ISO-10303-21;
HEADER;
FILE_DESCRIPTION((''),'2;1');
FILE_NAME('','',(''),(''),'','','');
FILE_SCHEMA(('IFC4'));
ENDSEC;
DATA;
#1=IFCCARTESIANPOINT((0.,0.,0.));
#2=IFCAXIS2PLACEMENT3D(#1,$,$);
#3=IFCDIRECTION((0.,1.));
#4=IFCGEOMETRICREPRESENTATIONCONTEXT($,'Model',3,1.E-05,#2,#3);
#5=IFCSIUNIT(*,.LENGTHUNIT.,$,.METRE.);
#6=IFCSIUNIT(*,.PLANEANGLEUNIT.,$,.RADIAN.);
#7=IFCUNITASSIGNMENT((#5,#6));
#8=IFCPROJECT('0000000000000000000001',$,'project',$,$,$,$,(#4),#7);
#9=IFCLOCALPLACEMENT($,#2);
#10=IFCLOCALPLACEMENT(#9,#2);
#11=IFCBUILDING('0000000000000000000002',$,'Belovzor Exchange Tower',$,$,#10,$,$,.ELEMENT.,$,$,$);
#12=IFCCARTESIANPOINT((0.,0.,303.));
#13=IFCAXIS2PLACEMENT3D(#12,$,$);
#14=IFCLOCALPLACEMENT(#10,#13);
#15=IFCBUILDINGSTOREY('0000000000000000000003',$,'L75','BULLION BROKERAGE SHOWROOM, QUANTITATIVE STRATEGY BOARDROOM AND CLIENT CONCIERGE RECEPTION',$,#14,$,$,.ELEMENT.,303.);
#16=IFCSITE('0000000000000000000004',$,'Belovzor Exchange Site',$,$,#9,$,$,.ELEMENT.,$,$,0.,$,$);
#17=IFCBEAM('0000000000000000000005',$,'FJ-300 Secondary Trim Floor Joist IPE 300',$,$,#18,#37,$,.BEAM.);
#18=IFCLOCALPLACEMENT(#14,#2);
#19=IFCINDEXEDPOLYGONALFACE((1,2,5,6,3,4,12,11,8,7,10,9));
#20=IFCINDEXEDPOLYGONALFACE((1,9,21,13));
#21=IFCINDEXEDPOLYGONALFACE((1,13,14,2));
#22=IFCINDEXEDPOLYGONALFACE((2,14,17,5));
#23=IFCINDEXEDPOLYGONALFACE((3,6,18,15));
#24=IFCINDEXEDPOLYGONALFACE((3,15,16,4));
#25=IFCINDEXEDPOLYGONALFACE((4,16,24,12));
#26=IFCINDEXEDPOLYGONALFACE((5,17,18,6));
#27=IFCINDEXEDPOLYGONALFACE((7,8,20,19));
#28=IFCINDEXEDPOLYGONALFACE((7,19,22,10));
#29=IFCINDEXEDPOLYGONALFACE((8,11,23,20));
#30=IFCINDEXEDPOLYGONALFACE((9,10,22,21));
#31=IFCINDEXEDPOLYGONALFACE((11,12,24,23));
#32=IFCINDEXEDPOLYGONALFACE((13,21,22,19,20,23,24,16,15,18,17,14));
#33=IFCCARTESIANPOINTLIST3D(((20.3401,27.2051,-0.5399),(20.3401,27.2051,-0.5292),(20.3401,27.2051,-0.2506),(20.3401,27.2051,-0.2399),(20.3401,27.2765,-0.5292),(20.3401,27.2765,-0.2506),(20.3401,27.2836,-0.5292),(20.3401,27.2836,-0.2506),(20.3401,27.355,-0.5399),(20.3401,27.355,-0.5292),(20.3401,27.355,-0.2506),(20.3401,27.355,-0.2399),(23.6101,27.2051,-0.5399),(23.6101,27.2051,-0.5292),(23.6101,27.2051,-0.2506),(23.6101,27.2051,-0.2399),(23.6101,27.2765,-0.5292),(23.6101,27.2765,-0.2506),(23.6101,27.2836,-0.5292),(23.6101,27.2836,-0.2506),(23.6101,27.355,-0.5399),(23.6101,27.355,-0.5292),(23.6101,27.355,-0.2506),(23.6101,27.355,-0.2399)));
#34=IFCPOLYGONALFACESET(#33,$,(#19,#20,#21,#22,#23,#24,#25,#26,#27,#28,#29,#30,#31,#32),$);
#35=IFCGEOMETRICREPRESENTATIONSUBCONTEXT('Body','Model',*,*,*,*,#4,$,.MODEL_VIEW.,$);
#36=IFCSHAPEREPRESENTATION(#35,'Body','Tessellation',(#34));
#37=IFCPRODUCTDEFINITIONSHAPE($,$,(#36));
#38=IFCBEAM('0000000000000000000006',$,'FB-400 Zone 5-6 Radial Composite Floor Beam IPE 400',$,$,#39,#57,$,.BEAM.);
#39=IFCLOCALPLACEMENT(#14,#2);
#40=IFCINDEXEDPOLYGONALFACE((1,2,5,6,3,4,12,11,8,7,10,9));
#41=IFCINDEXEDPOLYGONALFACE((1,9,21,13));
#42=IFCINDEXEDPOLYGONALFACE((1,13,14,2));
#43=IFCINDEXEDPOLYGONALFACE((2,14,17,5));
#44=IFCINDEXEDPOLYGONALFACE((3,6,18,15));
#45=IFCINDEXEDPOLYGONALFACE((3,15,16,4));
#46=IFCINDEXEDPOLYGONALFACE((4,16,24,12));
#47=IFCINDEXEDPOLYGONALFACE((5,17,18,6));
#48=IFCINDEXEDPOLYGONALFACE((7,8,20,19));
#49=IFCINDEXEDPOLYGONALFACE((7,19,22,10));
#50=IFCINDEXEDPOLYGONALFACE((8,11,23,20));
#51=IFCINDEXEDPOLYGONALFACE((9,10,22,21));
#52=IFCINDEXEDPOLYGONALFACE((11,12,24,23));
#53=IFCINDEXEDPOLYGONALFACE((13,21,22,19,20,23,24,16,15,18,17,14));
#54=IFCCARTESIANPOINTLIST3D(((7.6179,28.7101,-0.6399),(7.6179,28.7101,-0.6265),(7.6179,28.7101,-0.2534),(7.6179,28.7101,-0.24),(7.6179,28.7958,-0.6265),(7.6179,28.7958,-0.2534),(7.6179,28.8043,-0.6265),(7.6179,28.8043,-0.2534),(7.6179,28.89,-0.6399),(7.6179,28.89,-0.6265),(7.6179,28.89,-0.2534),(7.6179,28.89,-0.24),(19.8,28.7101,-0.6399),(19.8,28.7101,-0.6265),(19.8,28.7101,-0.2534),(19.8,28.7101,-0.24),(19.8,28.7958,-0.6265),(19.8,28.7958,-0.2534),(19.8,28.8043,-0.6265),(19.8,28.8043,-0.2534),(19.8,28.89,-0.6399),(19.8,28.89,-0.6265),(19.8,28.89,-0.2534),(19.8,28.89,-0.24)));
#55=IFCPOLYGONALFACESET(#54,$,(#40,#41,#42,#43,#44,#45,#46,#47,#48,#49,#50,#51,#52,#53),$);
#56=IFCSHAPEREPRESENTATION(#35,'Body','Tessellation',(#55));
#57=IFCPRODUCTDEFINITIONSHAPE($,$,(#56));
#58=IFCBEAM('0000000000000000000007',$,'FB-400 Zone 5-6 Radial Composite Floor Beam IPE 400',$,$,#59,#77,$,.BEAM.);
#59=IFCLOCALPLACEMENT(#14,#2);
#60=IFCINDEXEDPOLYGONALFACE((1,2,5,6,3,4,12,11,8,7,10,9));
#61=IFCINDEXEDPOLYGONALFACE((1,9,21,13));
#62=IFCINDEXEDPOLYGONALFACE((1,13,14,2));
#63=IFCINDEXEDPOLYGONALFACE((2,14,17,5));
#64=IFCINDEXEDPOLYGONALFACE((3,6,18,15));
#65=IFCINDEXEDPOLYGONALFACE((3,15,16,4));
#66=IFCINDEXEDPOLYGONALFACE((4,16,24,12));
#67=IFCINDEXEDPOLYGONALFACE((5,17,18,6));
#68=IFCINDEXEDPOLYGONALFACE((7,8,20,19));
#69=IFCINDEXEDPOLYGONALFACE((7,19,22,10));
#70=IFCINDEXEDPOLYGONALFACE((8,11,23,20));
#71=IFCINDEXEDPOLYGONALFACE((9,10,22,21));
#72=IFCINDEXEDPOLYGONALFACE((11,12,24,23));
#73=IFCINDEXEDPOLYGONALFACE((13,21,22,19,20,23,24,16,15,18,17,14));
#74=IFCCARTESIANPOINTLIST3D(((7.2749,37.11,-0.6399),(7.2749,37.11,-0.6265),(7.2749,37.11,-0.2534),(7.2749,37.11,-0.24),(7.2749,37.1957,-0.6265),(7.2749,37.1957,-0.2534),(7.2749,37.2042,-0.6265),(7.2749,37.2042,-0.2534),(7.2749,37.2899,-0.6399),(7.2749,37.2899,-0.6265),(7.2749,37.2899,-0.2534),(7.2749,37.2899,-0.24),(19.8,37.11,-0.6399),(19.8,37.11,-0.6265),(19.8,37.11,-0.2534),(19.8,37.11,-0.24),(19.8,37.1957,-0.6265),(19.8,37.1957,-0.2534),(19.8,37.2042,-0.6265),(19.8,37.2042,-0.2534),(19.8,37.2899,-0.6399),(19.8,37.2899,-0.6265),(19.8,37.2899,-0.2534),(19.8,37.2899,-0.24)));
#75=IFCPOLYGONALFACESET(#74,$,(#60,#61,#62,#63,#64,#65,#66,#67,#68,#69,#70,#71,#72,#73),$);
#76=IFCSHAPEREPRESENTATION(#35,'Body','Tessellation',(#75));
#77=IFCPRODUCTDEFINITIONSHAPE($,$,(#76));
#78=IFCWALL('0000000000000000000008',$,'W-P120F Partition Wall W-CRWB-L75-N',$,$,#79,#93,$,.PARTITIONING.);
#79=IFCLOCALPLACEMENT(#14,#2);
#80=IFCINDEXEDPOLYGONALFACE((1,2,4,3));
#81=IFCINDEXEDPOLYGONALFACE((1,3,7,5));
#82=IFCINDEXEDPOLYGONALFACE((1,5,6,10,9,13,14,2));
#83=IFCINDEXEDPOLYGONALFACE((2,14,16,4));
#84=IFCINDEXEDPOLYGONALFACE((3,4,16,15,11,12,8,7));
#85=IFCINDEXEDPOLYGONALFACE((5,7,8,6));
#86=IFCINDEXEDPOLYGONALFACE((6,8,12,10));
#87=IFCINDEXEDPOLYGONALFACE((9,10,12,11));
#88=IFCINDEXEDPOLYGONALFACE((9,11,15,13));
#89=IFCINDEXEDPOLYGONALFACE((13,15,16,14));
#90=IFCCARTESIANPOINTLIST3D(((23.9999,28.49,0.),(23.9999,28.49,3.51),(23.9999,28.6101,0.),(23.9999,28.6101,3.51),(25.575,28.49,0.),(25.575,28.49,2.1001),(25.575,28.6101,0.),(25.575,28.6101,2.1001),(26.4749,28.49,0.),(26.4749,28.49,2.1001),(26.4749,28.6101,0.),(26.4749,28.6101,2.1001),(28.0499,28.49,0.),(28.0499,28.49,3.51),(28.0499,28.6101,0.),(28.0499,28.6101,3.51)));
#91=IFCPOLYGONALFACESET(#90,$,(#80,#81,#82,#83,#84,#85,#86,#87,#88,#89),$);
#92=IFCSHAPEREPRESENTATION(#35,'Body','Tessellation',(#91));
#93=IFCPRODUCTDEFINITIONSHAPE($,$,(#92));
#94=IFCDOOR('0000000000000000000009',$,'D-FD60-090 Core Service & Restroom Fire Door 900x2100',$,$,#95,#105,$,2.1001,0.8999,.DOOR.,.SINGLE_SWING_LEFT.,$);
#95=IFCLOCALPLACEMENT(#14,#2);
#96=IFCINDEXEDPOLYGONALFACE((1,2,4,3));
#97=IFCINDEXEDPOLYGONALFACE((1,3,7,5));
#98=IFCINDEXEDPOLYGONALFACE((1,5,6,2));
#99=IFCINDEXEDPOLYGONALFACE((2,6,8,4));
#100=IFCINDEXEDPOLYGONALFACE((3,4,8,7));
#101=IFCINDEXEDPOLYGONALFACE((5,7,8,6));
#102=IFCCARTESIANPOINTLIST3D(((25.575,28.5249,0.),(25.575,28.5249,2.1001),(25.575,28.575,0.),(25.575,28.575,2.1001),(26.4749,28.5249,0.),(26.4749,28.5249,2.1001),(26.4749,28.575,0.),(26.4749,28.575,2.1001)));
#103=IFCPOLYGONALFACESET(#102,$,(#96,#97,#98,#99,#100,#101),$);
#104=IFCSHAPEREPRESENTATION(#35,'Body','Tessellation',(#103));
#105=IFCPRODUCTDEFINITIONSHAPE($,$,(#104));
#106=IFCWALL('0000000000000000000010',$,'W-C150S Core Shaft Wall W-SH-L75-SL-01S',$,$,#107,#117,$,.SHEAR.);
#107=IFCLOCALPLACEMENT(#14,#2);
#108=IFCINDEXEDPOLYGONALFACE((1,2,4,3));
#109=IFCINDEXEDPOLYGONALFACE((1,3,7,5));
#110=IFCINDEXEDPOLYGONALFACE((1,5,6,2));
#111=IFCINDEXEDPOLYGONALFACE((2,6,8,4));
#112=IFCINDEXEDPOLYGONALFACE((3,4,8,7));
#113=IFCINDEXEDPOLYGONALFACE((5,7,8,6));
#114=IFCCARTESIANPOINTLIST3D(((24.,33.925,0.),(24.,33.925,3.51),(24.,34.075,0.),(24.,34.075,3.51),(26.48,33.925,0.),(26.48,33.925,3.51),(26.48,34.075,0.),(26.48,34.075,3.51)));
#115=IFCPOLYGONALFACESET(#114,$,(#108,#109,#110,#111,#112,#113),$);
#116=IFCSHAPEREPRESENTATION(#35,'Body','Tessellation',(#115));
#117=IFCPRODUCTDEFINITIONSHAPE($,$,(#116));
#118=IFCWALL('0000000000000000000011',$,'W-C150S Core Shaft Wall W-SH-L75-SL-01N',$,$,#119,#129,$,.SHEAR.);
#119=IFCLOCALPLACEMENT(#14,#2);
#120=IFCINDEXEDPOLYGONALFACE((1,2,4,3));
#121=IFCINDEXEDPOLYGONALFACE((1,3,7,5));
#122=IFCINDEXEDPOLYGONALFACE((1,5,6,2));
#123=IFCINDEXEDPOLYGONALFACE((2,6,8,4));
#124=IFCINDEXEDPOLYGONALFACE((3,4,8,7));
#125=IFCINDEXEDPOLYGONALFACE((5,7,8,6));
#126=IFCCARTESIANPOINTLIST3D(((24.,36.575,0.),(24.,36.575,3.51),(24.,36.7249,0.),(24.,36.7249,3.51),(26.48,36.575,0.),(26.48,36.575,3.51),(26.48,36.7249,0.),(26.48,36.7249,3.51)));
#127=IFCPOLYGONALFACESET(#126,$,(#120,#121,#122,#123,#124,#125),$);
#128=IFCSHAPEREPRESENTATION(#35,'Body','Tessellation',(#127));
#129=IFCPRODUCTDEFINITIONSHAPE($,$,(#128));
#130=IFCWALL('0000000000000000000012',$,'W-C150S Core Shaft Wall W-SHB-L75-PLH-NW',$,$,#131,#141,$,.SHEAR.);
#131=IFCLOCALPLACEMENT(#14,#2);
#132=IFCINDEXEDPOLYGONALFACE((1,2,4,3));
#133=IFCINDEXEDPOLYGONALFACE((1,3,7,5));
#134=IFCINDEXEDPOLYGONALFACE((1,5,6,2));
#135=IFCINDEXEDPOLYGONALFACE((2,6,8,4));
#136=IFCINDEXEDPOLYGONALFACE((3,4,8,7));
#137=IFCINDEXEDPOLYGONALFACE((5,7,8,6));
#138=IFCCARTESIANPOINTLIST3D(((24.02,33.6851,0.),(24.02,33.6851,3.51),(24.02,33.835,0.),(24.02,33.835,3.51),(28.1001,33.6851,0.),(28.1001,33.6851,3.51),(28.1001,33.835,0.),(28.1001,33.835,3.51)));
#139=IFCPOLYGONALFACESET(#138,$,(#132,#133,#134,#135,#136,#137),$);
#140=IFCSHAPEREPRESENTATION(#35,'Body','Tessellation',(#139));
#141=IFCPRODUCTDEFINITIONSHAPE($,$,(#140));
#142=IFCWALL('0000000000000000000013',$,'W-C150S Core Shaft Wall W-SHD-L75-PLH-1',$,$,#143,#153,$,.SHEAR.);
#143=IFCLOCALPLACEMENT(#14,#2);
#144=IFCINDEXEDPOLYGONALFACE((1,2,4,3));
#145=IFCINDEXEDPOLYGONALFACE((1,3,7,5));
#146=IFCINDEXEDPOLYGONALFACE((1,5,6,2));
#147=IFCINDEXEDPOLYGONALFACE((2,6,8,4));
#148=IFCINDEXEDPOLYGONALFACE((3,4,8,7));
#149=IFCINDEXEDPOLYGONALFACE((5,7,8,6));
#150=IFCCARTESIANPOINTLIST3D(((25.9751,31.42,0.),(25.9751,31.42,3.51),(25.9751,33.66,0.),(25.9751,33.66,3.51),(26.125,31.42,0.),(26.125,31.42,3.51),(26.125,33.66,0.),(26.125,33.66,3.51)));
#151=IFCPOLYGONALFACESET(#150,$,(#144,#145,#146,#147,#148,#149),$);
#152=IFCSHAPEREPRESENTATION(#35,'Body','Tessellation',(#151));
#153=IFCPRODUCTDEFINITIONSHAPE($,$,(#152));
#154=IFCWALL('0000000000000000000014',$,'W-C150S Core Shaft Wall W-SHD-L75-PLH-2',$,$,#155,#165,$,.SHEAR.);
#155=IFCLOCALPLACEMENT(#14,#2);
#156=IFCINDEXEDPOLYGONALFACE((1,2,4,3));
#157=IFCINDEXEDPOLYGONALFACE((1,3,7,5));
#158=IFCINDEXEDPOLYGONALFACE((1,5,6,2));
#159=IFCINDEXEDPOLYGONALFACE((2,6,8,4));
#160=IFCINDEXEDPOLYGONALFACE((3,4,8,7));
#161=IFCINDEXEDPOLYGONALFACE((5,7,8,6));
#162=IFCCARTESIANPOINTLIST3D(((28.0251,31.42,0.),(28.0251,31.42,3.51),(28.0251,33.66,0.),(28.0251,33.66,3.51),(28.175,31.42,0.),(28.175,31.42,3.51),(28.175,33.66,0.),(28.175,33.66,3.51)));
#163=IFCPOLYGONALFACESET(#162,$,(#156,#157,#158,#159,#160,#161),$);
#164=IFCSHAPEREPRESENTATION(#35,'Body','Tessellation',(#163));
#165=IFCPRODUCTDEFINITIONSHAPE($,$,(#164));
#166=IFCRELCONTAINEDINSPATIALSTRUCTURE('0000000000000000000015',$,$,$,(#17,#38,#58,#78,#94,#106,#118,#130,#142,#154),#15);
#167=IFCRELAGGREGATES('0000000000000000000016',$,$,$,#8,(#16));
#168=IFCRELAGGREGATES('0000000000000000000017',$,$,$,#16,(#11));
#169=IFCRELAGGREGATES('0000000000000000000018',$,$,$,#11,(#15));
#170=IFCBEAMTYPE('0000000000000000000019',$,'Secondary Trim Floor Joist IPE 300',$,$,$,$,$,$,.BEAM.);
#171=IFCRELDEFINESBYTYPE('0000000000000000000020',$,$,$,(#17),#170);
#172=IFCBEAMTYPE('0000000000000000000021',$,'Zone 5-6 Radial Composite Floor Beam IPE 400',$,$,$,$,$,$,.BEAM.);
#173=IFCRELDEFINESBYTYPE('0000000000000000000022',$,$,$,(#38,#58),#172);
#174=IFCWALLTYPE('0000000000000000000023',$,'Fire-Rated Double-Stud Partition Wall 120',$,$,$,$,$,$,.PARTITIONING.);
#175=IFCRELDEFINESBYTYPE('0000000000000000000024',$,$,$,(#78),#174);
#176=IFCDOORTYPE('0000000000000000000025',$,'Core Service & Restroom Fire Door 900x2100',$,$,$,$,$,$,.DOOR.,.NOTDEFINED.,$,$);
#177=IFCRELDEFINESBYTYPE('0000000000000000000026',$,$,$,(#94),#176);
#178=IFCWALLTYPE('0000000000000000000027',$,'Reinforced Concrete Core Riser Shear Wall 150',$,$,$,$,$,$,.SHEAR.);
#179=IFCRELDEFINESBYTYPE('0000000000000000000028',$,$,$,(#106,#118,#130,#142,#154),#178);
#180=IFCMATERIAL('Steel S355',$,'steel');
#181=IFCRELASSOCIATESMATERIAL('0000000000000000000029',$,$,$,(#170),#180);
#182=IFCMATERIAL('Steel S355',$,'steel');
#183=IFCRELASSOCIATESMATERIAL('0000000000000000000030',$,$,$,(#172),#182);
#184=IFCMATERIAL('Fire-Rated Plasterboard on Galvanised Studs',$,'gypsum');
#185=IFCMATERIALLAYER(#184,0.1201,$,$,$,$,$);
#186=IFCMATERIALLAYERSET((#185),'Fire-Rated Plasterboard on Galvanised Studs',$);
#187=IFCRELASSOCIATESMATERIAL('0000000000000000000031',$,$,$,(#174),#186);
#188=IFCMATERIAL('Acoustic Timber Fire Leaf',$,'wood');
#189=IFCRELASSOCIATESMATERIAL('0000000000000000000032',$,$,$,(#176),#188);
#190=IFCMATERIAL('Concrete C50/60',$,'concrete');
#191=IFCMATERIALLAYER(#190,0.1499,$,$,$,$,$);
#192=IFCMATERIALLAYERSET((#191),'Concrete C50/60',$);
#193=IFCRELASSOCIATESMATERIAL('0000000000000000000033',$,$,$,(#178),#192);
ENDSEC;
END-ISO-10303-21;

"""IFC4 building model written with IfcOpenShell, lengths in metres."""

from ifc_helpers import new_model, si_unit, direction, frame, frame_2d, origin, origin_2d, place, context, subcontext, project, spatial, rectangle, i_section, extrude, material, layer, layer_set, material_profile, profile_set, type_object, element, fill, save


model = new_model("IFC4")

# Units and contexts
model_context = context("Model", 3, precision=1e-05, world=origin(), true_north=direction((0.0, 1.0)))
body_context = subcontext(model_context, "Body", "Model", "MODEL_VIEW")
ifc_project = project(units=[si_unit("LENGTHUNIT", "METRE"), si_unit("PLANEANGLEUNIT", "RADIAN")], contexts=[model_context])

# Site, building, storey
site_placement = place(None, origin())
site = spatial("IfcSite", under=ifc_project, at=site_placement, Name="Belovzor Exchange Site", CompositionType="ELEMENT", RefElevation=0.0)
building_placement = place(site_placement, origin())
building = spatial("IfcBuilding", under=site, at=building_placement, Name="Belovzor Exchange Tower", CompositionType="ELEMENT")
storey_placement = place(building_placement, frame((0.0, 0.0, 303.0)))
storey = spatial("IfcBuildingStorey", under=building, at=storey_placement, Name="L75", Description="BULLION BROKERAGE SHOWROOM, QUANTITATIVE STRATEGY BOARDROOM AND CLIENT CONCIERGE RECEPTION", CompositionType="ELEMENT", Elevation=303.0)

# Beams
ifc_material_1 = material(Name="Steel S355", Category="steel")
ifc_material_profile_1 = material_profile(ifc_material_1, i_section(OverallWidth=0.1499, OverallDepth=0.3, WebThickness=0.0071, FlangeThickness=0.0107, at=origin_2d()))
ifc_profile_set_1 = profile_set([ifc_material_profile_1], Name="Steel S355")
beam_type_1 = type_object("IfcBeamType", Name="Secondary Trim Floor Joist IPE 300", PredefinedType="BEAM", material=ifc_profile_set_1)
beam_1_placement = place(storey_placement, frame((20.3401, 27.28, -0.3899), z_axis=(1.0, 0.0, 0.0), x_axis=(0.0, 1.0, 0.0)))
element("IfcBeam", 1, at=beam_1_placement, inside=storey, type_object=beam_type_1, Name="FJ-300 Secondary Trim Floor Joist IPE 300", PredefinedType="BEAM", context=body_context, shape_type="SweptSolid", body=[
    extrude(i_section(OverallWidth=0.1499, OverallDepth=0.3, WebThickness=0.0071, FlangeThickness=0.0107, at=origin_2d()), origin(), (0.0, 0.0, 1.0), 3.27),
])
ifc_material_2 = material(Name="Steel S355", Category="steel")
ifc_material_profile_2 = material_profile(ifc_material_2, i_section(OverallWidth=0.1799, OverallDepth=0.3999, WebThickness=0.0085, FlangeThickness=0.0134, at=origin_2d()))
ifc_profile_set_2 = profile_set([ifc_material_profile_2], Name="Steel S355")
beam_type_2 = type_object("IfcBeamType", Name="Zone 5-6 Radial Composite Floor Beam IPE 400", PredefinedType="BEAM", material=ifc_profile_set_2)
beam_2_placement = place(storey_placement, frame((19.8, 28.8, -0.4399), z_axis=(-1.0, 0.0, 0.0), x_axis=(0.0, -1.0, 0.0)))
element("IfcBeam", 2, at=beam_2_placement, inside=storey, type_object=beam_type_2, Name="FB-400 Zone 5-6 Radial Composite Floor Beam IPE 400", PredefinedType="BEAM", context=body_context, shape_type="SweptSolid", body=[
    extrude(i_section(OverallWidth=0.1799, OverallDepth=0.3999, WebThickness=0.0085, FlangeThickness=0.0134, at=origin_2d()), origin(), (0.0, 0.0, 1.0), 12.1821),
])
beam_3_placement = place(storey_placement, frame((19.8, 37.2, -0.4399), z_axis=(-1.0, 0.0, 0.0), x_axis=(0.0, -1.0, 0.0)))
element("IfcBeam", 3, at=beam_3_placement, inside=storey, type_object=beam_type_2, Name="FB-400 Zone 5-6 Radial Composite Floor Beam IPE 400", PredefinedType="BEAM", context=body_context, shape_type="SweptSolid", body=[
    extrude(i_section(OverallWidth=0.1799, OverallDepth=0.3999, WebThickness=0.0085, FlangeThickness=0.0134, at=origin_2d()), origin(), (0.0, 0.0, 1.0), 12.5251),
])

# Wall, opening, door
ifc_material_3 = material(Name="Fire-Rated Plasterboard on Galvanised Studs", Category="gypsum")
ifc_layer_1 = layer(ifc_material_3, 0.1201)
ifc_layer_set_1 = layer_set([ifc_layer_1], Name="Fire-Rated Plasterboard on Galvanised Studs")
wall_type_1 = type_object("IfcWallType", Name="Fire-Rated Double-Stud Partition Wall 120", PredefinedType="PARTITIONING", material=ifc_layer_set_1)
wall_1_placement = place(storey_placement, frame((24.0, 28.55, 0.0), z_axis=(0.0, 0.0, 1.0), x_axis=(1.0, 0.0, 0.0)))
wall_1 = element("IfcWall", 4, at=wall_1_placement, inside=storey, type_object=wall_type_1, Name="W-P120F Partition Wall W-CRWB-L75-N", PredefinedType="PARTITIONING", context=body_context, shape_type="SweptSolid", body=[
    extrude(rectangle(XDim=4.05, YDim=0.1201, at=frame_2d((2.0249, 0.0))), origin(), (0.0, 0.0, 1.0), 3.51),
])
opening_1_placement = place(wall_1_placement, frame((1.575, 0.0, 0.0)))
opening_1 = element("IfcOpeningElement", 5, at=opening_1_placement, cuts=wall_1, PredefinedType="OPENING", context=body_context, shape_type="SweptSolid", body=[
    extrude(rectangle(XDim=0.8999, YDim=2.1001, at=frame_2d((0.45, 1.05))), frame((0.0, 0.0701, 0.0), z_axis=(0.0, -1.0, 0.0), x_axis=(1.0, 0.0, 0.0)), (0.0, 0.0, 1.0), 0.1401),
])
ifc_material_4 = material(Name="Acoustic Timber Fire Leaf", Category="wood")
door_type_1 = type_object("IfcDoorType", Name="Core Service & Restroom Fire Door 900x2100", OperationType="NOTDEFINED", PredefinedType="DOOR", material=ifc_material_4)
door_1_placement = place(opening_1_placement, origin())
door_1 = element("IfcDoor", 6, at=door_1_placement, inside=storey, type_object=door_type_1, Name="D-FD60-090 Core Service & Restroom Fire Door 900x2100", OperationType="SINGLE_SWING_LEFT", OverallHeight=2.1001, OverallWidth=0.8999, PredefinedType="DOOR", context=body_context, shape_type="SweptSolid", body=[
    extrude(rectangle(XDim=0.8999, YDim=2.1001, at=frame_2d((0.45, 1.05))), frame((0.0, 0.0249, 0.0), z_axis=(0.0, -1.0, 0.0), x_axis=(1.0, 0.0, 0.0)), (0.0, 0.0, 1.0), 0.05),
])
fill(opening_1, door_1)

# Walls
ifc_material_5 = material(Name="Concrete C50/60", Category="concrete")
ifc_layer_2 = layer(ifc_material_5, 0.1499)
ifc_layer_set_2 = layer_set([ifc_layer_2], Name="Concrete C50/60")
wall_type_2 = type_object("IfcWallType", Name="Reinforced Concrete Core Riser Shear Wall 150", PredefinedType="SHEAR", material=ifc_layer_set_2)
for number, where, z_axis, x_axis, name in (
    (7, (24.0, 34.0, 0.0), (0.0, 0.0, 1.0), (1.0, 0.0, 0.0), "W-C150S Core Shaft Wall W-SH-L75-SL-01S"),
    (8, (24.0, 36.6499, 0.0), (0.0, 0.0, 1.0), (1.0, 0.0, 0.0), "W-C150S Core Shaft Wall W-SH-L75-SL-01N"),
):
    element("IfcWall", number, at=place(storey_placement, frame(where, z_axis=z_axis, x_axis=x_axis)), inside=storey, type_object=wall_type_2, Name=name, PredefinedType="SHEAR", context=body_context, shape_type="SweptSolid", body=[
        extrude(rectangle(XDim=2.48, YDim=0.1499, at=frame_2d((1.24, 0.0))), origin(), (0.0, 0.0, 1.0), 3.51),
    ])
wall_2_placement = place(storey_placement, frame((24.02, 33.76, 0.0), z_axis=(0.0, 0.0, 1.0), x_axis=(1.0, 0.0, 0.0)))
element("IfcWall", 9, at=wall_2_placement, inside=storey, type_object=wall_type_2, Name="W-C150S Core Shaft Wall W-SHB-L75-PLH-NW", PredefinedType="SHEAR", context=body_context, shape_type="SweptSolid", body=[
    extrude(rectangle(XDim=4.0801, YDim=0.1499, at=frame_2d((2.04, 0.0))), origin(), (0.0, 0.0, 1.0), 3.51),
])
for number, where, z_axis, x_axis, name in (
    (10, (26.05, 31.4199, 0.0), (0.0, 0.0, 1.0), (0.0, 1.0, 0.0), "W-C150S Core Shaft Wall W-SHD-L75-PLH-1"),
    (11, (28.1001, 31.4199, 0.0), (0.0, 0.0, 1.0), (0.0, 1.0, 0.0), "W-C150S Core Shaft Wall W-SHD-L75-PLH-2"),
):
    element("IfcWall", number, at=place(storey_placement, frame(where, z_axis=z_axis, x_axis=x_axis)), inside=storey, type_object=wall_type_2, Name=name, PredefinedType="SHEAR", context=body_context, shape_type="SweptSolid", body=[
        extrude(rectangle(XDim=2.24, YDim=0.1499, at=frame_2d((1.1201, 0.0))), origin(), (0.0, 0.0, 1.0), 3.51),
    ])

save(model, "model.ifc")
